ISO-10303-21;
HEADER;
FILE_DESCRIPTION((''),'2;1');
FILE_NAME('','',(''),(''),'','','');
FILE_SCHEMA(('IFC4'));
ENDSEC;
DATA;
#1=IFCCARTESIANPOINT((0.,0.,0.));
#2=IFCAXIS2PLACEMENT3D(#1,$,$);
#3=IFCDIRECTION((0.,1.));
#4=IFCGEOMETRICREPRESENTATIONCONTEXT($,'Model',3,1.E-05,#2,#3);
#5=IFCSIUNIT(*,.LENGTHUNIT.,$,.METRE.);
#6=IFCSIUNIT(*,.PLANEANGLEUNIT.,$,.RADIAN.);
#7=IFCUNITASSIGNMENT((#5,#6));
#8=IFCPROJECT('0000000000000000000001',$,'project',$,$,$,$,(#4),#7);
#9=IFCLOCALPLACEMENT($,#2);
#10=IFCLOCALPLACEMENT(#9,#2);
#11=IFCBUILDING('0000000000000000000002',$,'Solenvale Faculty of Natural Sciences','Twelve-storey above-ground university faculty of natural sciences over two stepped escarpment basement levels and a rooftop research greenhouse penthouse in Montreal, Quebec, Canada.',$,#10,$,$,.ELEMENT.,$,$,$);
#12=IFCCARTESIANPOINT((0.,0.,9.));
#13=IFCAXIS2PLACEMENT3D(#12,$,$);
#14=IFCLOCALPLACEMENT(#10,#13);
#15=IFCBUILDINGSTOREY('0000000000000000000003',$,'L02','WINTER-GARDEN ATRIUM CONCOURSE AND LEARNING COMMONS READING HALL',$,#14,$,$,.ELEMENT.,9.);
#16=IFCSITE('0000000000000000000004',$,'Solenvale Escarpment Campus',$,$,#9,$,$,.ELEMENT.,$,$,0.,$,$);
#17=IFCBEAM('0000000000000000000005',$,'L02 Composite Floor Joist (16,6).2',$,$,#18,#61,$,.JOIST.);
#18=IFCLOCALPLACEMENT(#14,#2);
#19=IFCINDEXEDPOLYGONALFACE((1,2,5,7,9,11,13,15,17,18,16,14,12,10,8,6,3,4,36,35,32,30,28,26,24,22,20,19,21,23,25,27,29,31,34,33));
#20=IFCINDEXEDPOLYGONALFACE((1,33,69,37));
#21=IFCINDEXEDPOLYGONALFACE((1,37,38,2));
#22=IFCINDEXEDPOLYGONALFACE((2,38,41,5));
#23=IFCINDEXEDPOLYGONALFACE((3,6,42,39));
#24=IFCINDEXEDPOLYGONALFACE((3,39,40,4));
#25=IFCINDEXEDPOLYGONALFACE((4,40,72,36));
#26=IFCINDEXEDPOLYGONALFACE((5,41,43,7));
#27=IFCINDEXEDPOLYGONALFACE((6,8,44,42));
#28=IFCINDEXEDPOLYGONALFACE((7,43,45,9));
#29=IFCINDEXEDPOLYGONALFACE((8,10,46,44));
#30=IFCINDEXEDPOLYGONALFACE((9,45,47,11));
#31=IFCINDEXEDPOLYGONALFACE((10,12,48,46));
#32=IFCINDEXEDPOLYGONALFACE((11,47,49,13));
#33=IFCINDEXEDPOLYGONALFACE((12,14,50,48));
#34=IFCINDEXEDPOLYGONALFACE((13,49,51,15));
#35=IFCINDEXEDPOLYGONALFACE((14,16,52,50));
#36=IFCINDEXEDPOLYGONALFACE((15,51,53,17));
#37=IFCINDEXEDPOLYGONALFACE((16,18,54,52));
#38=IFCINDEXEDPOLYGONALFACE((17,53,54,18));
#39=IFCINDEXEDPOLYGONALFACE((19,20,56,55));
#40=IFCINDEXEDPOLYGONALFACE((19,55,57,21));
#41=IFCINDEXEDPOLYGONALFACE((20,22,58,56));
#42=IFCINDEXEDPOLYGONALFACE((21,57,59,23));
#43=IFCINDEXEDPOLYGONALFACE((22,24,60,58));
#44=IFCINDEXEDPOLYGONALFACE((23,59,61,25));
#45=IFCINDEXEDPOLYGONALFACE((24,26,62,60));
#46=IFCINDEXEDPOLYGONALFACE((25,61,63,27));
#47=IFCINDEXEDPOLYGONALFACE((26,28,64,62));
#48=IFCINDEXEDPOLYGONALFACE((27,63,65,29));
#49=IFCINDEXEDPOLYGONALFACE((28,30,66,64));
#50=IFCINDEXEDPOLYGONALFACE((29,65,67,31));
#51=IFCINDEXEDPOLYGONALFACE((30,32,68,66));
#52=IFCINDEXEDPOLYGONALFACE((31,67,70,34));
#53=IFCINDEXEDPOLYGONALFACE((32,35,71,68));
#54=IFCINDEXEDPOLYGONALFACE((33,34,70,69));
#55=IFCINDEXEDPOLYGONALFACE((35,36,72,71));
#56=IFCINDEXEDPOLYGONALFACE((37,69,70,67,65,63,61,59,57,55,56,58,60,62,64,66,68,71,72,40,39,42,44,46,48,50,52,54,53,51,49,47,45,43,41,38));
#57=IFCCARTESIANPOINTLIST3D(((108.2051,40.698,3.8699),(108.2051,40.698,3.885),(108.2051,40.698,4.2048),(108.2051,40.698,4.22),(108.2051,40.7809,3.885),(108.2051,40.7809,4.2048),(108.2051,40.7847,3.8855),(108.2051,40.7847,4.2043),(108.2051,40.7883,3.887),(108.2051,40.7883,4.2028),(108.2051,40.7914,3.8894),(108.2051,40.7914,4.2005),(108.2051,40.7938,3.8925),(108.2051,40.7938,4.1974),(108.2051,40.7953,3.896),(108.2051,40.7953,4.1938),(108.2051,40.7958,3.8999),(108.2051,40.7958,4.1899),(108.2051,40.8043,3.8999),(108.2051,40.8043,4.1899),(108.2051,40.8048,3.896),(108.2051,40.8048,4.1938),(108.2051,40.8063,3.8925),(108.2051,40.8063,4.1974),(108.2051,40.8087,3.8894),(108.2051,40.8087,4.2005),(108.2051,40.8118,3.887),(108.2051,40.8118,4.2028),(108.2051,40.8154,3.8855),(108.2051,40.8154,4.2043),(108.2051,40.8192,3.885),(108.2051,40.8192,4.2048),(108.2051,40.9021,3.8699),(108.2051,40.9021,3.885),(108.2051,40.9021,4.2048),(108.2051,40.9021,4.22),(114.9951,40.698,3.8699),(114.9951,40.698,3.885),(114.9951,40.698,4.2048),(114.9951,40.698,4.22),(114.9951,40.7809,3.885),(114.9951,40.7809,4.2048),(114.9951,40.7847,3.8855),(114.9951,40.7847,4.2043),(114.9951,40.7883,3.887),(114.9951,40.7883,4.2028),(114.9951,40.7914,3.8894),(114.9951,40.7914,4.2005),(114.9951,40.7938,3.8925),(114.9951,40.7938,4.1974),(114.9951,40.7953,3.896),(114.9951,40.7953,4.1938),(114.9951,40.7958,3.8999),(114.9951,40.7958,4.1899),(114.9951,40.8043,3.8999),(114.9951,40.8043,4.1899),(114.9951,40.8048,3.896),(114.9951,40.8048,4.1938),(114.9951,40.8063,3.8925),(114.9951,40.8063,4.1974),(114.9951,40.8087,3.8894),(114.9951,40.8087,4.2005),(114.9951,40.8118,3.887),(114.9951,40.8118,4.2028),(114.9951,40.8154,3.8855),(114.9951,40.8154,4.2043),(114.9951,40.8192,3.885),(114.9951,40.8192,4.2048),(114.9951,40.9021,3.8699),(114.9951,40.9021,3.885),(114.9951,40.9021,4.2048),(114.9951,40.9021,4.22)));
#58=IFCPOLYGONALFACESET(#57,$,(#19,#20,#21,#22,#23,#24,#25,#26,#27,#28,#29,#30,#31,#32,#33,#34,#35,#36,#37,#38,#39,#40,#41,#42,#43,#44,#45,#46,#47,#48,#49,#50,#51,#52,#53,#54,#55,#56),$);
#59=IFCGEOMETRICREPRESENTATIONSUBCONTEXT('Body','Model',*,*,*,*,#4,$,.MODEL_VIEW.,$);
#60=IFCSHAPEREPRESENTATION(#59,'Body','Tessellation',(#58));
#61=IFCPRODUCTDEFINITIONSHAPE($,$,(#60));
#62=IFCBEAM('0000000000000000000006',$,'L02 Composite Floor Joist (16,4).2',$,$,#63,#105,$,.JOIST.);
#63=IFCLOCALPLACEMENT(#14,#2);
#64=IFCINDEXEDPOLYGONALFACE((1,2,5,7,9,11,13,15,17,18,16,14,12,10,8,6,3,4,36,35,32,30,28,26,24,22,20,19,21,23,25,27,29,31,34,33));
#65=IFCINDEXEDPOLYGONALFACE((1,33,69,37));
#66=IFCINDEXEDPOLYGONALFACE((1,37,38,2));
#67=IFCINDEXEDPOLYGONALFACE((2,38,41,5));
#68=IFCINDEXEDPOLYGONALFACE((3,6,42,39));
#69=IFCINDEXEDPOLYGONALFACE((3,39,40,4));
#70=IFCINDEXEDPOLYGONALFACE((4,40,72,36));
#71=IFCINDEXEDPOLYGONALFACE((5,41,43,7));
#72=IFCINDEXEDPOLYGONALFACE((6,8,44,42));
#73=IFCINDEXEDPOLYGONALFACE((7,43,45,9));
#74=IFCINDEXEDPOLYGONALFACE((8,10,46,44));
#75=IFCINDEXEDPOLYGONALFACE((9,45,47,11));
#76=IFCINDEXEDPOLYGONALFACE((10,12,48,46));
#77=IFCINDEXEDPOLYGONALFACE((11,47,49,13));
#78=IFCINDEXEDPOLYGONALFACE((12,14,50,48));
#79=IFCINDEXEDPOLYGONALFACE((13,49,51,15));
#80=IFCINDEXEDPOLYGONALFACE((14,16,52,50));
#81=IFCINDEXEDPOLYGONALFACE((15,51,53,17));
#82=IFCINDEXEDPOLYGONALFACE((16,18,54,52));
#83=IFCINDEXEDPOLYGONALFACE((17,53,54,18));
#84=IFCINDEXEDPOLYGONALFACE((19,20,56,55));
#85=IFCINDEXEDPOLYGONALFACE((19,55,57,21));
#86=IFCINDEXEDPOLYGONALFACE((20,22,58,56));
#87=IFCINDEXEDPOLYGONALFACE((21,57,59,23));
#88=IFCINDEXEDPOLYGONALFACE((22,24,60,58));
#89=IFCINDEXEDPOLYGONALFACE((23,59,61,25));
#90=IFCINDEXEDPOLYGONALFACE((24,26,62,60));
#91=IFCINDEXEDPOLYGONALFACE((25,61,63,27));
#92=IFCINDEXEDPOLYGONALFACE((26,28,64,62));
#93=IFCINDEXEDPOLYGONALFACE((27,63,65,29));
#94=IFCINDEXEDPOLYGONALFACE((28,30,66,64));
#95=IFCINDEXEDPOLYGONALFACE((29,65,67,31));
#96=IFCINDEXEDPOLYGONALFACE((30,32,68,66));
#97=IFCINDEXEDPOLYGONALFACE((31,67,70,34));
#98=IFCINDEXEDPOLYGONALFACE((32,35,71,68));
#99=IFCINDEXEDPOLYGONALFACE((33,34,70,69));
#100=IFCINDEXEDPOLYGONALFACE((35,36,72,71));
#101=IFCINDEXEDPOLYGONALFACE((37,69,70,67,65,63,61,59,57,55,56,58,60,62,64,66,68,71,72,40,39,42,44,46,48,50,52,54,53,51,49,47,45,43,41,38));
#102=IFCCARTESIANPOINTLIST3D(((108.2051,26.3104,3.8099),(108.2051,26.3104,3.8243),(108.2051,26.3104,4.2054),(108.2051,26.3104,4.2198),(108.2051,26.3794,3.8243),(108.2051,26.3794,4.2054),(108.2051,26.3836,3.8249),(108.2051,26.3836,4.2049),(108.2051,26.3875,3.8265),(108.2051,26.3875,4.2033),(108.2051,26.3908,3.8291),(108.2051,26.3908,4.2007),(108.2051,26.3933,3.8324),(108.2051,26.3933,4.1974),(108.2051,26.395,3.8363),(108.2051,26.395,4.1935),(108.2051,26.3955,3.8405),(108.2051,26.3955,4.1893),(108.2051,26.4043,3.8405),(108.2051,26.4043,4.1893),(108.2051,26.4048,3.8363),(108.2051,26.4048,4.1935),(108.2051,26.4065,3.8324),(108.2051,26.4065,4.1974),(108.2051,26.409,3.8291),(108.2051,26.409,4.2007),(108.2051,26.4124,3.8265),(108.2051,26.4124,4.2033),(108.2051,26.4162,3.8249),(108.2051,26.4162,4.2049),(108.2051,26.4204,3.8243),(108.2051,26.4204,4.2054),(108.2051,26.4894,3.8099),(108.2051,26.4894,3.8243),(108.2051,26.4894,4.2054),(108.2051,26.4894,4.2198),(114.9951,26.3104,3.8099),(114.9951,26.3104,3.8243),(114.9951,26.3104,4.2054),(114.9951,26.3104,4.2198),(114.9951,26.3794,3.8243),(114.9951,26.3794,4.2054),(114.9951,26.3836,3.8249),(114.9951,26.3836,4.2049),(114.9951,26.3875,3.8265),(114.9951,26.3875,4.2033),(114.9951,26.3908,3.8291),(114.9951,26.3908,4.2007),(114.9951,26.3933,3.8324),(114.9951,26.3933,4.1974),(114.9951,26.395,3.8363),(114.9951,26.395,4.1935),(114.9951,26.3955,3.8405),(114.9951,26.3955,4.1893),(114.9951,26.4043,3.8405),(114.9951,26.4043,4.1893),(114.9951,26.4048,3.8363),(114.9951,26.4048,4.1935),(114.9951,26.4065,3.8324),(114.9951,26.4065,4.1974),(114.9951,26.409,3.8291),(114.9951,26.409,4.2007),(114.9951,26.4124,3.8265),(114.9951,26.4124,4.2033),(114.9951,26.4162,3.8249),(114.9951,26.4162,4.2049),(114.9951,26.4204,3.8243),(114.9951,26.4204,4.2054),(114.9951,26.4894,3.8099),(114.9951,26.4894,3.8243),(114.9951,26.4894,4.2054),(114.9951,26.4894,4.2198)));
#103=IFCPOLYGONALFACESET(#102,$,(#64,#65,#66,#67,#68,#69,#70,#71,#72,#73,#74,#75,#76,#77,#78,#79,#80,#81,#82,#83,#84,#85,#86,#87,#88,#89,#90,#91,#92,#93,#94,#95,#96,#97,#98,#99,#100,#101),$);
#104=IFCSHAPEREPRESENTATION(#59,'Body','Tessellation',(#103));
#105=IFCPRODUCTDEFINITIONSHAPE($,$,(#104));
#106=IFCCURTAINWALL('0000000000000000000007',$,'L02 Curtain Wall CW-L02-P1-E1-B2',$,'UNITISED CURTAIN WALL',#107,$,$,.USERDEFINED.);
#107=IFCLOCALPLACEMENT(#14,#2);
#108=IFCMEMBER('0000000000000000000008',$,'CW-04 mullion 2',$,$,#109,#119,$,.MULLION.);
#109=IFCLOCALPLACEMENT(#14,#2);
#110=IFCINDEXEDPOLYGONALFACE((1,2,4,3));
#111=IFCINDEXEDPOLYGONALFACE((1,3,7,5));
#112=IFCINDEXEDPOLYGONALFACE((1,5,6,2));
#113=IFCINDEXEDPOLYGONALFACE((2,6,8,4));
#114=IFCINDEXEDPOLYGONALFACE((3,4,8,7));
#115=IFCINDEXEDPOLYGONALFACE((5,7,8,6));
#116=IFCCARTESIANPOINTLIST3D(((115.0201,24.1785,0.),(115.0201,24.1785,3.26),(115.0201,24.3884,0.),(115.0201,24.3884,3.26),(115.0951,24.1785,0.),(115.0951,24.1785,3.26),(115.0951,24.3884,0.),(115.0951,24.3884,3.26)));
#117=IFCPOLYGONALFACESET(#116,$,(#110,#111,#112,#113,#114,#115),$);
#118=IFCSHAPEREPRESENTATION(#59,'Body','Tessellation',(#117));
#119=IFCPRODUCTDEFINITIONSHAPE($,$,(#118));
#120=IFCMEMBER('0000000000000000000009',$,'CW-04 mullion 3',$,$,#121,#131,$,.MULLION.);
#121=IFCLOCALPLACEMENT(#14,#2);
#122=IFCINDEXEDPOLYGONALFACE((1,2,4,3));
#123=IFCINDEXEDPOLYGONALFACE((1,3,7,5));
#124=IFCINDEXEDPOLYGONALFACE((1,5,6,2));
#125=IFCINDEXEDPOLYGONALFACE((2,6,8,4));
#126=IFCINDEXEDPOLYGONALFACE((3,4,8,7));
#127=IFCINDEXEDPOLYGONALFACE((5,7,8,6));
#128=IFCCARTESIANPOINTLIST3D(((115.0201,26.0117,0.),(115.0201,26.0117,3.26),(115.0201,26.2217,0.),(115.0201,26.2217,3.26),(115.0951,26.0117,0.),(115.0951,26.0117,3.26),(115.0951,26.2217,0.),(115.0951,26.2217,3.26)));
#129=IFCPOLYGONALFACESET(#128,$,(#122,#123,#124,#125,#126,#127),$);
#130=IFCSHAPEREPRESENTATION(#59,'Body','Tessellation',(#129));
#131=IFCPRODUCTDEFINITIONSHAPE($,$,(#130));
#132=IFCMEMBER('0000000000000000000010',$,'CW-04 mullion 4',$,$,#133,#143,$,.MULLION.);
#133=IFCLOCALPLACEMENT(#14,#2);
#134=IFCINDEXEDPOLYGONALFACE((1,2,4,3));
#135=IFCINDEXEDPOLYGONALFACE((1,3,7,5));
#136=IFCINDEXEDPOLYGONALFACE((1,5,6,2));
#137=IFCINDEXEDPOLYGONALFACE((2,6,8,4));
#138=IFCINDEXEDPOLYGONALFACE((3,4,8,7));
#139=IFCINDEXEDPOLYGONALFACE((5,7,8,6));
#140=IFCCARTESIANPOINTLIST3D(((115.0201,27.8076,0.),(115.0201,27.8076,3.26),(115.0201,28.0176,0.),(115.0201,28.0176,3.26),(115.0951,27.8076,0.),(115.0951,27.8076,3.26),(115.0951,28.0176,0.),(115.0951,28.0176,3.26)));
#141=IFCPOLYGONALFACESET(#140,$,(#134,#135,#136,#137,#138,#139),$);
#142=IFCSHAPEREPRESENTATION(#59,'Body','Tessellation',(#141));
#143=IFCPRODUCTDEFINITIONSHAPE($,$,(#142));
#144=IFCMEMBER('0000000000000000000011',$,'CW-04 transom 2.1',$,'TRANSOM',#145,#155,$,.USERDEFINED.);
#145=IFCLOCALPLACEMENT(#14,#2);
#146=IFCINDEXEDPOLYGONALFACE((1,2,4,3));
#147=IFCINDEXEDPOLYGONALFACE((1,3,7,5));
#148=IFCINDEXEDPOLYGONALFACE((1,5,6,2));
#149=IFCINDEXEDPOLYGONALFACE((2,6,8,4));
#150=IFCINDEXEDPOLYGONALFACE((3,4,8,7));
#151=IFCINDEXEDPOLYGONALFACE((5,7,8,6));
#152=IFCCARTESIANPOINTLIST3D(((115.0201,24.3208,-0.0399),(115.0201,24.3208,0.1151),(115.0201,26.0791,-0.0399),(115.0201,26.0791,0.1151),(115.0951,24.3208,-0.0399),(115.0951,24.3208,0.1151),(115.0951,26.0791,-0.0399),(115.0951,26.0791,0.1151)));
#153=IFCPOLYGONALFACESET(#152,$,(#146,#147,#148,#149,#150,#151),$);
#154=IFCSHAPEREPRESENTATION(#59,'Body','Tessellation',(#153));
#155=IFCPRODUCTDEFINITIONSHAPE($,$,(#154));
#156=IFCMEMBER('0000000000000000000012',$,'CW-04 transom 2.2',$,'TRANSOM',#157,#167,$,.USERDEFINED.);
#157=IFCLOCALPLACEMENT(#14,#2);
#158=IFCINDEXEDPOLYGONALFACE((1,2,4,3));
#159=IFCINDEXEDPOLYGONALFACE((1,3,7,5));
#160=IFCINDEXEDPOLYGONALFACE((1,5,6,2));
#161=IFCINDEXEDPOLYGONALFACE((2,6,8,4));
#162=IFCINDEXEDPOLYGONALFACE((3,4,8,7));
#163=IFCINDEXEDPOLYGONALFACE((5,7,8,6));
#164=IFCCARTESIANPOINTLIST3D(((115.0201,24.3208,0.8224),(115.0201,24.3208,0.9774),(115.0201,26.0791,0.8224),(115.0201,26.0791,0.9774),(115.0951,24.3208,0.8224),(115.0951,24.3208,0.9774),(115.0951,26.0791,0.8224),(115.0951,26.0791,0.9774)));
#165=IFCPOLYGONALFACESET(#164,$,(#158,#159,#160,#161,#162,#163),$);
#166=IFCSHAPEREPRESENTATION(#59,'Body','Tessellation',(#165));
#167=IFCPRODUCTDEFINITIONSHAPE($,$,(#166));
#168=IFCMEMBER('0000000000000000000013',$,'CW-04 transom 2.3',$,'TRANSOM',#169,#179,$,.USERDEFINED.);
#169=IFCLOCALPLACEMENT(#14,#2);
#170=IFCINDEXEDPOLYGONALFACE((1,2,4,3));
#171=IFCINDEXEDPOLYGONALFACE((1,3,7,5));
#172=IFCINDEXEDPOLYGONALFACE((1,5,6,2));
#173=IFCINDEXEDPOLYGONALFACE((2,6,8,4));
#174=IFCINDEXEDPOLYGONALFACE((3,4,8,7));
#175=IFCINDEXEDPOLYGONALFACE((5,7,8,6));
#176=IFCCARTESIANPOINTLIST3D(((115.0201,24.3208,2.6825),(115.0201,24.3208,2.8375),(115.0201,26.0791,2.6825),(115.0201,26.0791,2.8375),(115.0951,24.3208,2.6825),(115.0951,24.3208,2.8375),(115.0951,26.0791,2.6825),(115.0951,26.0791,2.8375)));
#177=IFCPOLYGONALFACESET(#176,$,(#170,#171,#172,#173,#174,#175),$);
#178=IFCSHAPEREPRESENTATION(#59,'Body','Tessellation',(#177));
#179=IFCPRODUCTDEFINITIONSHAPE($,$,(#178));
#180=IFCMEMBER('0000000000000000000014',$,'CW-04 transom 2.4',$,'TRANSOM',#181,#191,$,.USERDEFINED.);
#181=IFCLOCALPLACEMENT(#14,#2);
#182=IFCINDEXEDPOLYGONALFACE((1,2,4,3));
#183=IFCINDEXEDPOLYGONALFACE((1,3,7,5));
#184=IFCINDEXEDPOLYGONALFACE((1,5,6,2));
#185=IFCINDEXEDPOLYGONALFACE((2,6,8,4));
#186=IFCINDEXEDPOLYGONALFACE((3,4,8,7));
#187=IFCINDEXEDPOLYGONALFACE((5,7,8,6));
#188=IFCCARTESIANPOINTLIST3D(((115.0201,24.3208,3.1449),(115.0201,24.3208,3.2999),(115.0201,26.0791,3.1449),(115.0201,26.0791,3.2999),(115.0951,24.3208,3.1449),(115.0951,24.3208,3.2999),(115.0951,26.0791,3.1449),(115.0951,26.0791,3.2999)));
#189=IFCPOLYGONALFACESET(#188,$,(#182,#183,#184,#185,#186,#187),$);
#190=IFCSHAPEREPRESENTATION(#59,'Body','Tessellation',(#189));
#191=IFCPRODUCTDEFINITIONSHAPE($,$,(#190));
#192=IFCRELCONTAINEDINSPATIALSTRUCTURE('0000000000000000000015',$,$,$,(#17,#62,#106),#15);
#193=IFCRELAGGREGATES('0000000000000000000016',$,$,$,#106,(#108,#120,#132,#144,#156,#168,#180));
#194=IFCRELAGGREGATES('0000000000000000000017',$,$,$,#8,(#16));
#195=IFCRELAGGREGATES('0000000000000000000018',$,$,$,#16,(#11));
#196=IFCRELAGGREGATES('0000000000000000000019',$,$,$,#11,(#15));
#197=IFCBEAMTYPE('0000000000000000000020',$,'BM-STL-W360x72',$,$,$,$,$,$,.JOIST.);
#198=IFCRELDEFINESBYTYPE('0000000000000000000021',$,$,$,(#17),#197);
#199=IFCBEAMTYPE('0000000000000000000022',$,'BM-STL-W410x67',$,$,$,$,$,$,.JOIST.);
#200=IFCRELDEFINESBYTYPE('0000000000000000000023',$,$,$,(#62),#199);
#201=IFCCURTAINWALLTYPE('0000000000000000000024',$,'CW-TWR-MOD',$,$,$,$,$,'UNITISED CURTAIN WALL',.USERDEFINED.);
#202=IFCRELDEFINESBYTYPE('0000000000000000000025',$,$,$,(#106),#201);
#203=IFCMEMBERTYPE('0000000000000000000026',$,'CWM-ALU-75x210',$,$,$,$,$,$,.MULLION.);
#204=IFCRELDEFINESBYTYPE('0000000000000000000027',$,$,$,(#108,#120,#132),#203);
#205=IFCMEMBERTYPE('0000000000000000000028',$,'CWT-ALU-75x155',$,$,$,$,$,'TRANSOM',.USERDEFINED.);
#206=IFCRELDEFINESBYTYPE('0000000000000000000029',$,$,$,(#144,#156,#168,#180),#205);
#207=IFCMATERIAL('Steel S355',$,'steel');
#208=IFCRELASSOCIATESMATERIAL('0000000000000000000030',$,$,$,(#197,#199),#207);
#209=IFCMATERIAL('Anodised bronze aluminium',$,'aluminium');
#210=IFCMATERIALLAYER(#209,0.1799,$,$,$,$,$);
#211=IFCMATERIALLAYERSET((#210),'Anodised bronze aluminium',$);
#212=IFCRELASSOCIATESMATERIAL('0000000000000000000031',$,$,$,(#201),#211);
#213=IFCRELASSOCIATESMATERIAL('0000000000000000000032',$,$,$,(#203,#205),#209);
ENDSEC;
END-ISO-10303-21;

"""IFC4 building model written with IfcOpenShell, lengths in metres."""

from ifc_helpers import new_model, si_unit, direction, frame, origin, origin_2d, place, context, subcontext, project, spatial, rectangle, i_section, extrude, material, layer, layer_set, material_profile, profile_set, type_object, element, aggregate, save


model = new_model("IFC4")

# Units and contexts
model_context = context("Model", 3, precision=1e-05, world=origin(), true_north=direction((0.0, 1.0)))
body_context = subcontext(model_context, "Body", "Model", "MODEL_VIEW")
ifc_project = project(units=[si_unit("LENGTHUNIT", "METRE"), si_unit("PLANEANGLEUNIT", "RADIAN")], contexts=[model_context])

# Site, building, storey
site_placement = place(None, origin())
site = spatial("IfcSite", under=ifc_project, at=site_placement, Name="Solenvale Escarpment Campus", CompositionType="ELEMENT", RefElevation=0.0)
building_placement = place(site_placement, origin())
building = spatial("IfcBuilding", under=site, at=building_placement, Name="Solenvale Faculty of Natural Sciences", Description="Twelve-storey above-ground university faculty of natural sciences over two stepped escarpment basement levels and a rooftop research greenhouse penthouse in Montreal, Quebec, Canada.", CompositionType="ELEMENT")
storey_placement = place(building_placement, frame((0.0, 0.0, 9.0)))
storey = spatial("IfcBuildingStorey", under=building, at=storey_placement, Name="L02", Description="WINTER-GARDEN ATRIUM CONCOURSE AND LEARNING COMMONS READING HALL", CompositionType="ELEMENT", Elevation=9.0)

# Beams
ifc_material_1 = material(Name="Steel S355", Category="steel")
ifc_material_profile_1 = material_profile(ifc_material_1, i_section(OverallWidth=0.2041, OverallDepth=0.3501, WebThickness=0.0085, FlangeThickness=0.0151, FilletRadius=0.0149, at=origin_2d()), Name="W360x72")
ifc_profile_set_1 = profile_set([ifc_material_profile_1], Name="Steel S355")
beam_type_1 = type_object("IfcBeamType", Name="BM-STL-W360x72", PredefinedType="JOIST", material=ifc_profile_set_1)
for number, where, z_axis, x_axis, name in (
    (1, (108.2051, 40.8, 4.0449), (1.0, 0.0, 0.0), (0.0, 1.0, 0.0), "L02 Composite Floor Joist (16,6).2"),
):
    element("IfcBeam", number, at=place(storey_placement, frame(where, z_axis=z_axis, x_axis=x_axis)), inside=storey, type_object=beam_type_1, Name=name, PredefinedType="JOIST", context=body_context, shape_type="SweptSolid", body=[
        extrude(i_section(OverallWidth=0.2041, OverallDepth=0.3501, WebThickness=0.0085, FlangeThickness=0.0151, FilletRadius=0.0149, at=origin_2d()), origin(), (0.0, 0.0, 1.0), 6.79),
    ])
ifc_material_profile_2 = material_profile(ifc_material_1, i_section(OverallWidth=0.179, OverallDepth=0.4099, WebThickness=0.0088, FlangeThickness=0.0144, FilletRadius=0.0161, at=origin_2d()), Name="W410x67")
ifc_profile_set_2 = profile_set([ifc_material_profile_2], Name="Steel S355")
beam_type_2 = type_object("IfcBeamType", Name="BM-STL-W410x67", PredefinedType="JOIST", material=ifc_profile_set_2)
beam_placement = place(storey_placement, frame((108.2051, 26.3999, 4.0149), z_axis=(1.0, 0.0, 0.0), x_axis=(0.0, 1.0, 0.0)))
element("IfcBeam", 2, at=beam_placement, inside=storey, type_object=beam_type_2, Name="L02 Composite Floor Joist (16,4).2", PredefinedType="JOIST", context=body_context, shape_type="SweptSolid", body=[
    extrude(i_section(OverallWidth=0.179, OverallDepth=0.4099, WebThickness=0.0088, FlangeThickness=0.0144, FilletRadius=0.0161, at=origin_2d()), origin(), (0.0, 0.0, 1.0), 6.79),
])

# Curtain wall, members
ifc_material_2 = material(Name="Anodised bronze aluminium", Category="aluminium")
ifc_layer_1 = layer(ifc_material_2, 0.1799)
ifc_layer_set_1 = layer_set([ifc_layer_1], Name="Anodised bronze aluminium")
curtain_wall_type = type_object("IfcCurtainWallType", Name="CW-TWR-MOD", ElementType="UNITISED CURTAIN WALL", PredefinedType="USERDEFINED", material=ifc_layer_set_1)
curtain_wall_placement = place(storey_placement, origin())
curtain_wall = element("IfcCurtainWall", 3, at=curtain_wall_placement, inside=storey, type_object=curtain_wall_type, Name="L02 Curtain Wall CW-L02-P1-E1-B2", ObjectType="UNITISED CURTAIN WALL", PredefinedType="USERDEFINED")
ifc_material_profile_3 = material_profile(ifc_material_2, rectangle(XDim=0.075, YDim=0.21, at=origin_2d()), Name="ALU-MUL-75x210")
ifc_profile_set_3 = profile_set([ifc_material_profile_3], Name="Anodised bronze aluminium")
member_type_1 = type_object("IfcMemberType", Name="CWM-ALU-75x210", PredefinedType="MULLION", material=ifc_profile_set_3)
member_1_placement = place(storey_placement, frame((115.0576, 24.2834, 0.0), z_axis=(0.0, 0.0, 1.0), x_axis=(-1.0, 0.0, 0.0)))
member_1 = element("IfcMember", 4, at=member_1_placement, type_object=member_type_1, Name="CW-04 mullion 2", PredefinedType="MULLION", context=body_context, shape_type="SweptSolid", body=[
    extrude(rectangle(XDim=0.075, YDim=0.21, at=origin_2d()), origin(), (0.0, 0.0, 1.0), 3.26),
])
member_2_placement = place(storey_placement, frame((115.0576, 26.1167, 0.0), z_axis=(0.0, 0.0, 1.0), x_axis=(-1.0, 0.0, 0.0)))
member_2 = element("IfcMember", 5, at=member_2_placement, type_object=member_type_1, Name="CW-04 mullion 3", PredefinedType="MULLION", context=body_context, shape_type="SweptSolid", body=[
    extrude(rectangle(XDim=0.075, YDim=0.21, at=origin_2d()), origin(), (0.0, 0.0, 1.0), 3.26),
])
member_3_placement = place(storey_placement, frame((115.0576, 27.9126, 0.0), z_axis=(0.0, 0.0, 1.0), x_axis=(-1.0, 0.0, 0.0)))
member_3 = element("IfcMember", 6, at=member_3_placement, type_object=member_type_1, Name="CW-04 mullion 4", PredefinedType="MULLION", context=body_context, shape_type="SweptSolid", body=[
    extrude(rectangle(XDim=0.075, YDim=0.21, at=origin_2d()), origin(), (0.0, 0.0, 1.0), 3.26),
])
ifc_material_profile_4 = material_profile(ifc_material_2, rectangle(XDim=0.075, YDim=0.155, at=origin_2d()), Name="ALU-TRN-75x155")
ifc_profile_set_4 = profile_set([ifc_material_profile_4], Name="Anodised bronze aluminium")
member_type_2 = type_object("IfcMemberType", Name="CWT-ALU-75x155", ElementType="TRANSOM", PredefinedType="USERDEFINED", material=ifc_profile_set_4)
member_4_placement = place(storey_placement, frame((115.0576, 24.3208, 0.0376), z_axis=(0.0, 1.0, 0.0), x_axis=(-1.0, 0.0, 0.0)))
member_4 = element("IfcMember", 7, at=member_4_placement, type_object=member_type_2, Name="CW-04 transom 2.1", ObjectType="TRANSOM", PredefinedType="USERDEFINED", context=body_context, shape_type="SweptSolid", body=[
    extrude(rectangle(XDim=0.075, YDim=0.155, at=origin_2d()), origin(), (0.0, 0.0, 1.0), 1.7583),
])
member_5_placement = place(storey_placement, frame((115.0576, 24.3208, 0.8999), z_axis=(0.0, 1.0, 0.0), x_axis=(-1.0, 0.0, 0.0)))
member_5 = element("IfcMember", 8, at=member_5_placement, type_object=member_type_2, Name="CW-04 transom 2.2", ObjectType="TRANSOM", PredefinedType="USERDEFINED", context=body_context, shape_type="SweptSolid", body=[
    extrude(rectangle(XDim=0.075, YDim=0.155, at=origin_2d()), origin(), (0.0, 0.0, 1.0), 1.7583),
])
member_6_placement = place(storey_placement, frame((115.0576, 24.3208, 2.76), z_axis=(0.0, 1.0, 0.0), x_axis=(-1.0, 0.0, 0.0)))
member_6 = element("IfcMember", 9, at=member_6_placement, type_object=member_type_2, Name="CW-04 transom 2.3", ObjectType="TRANSOM", PredefinedType="USERDEFINED", context=body_context, shape_type="SweptSolid", body=[
    extrude(rectangle(XDim=0.075, YDim=0.155, at=origin_2d()), origin(), (0.0, 0.0, 1.0), 1.7583),
])
member_7_placement = place(storey_placement, frame((115.0576, 24.3208, 3.2224), z_axis=(0.0, 1.0, 0.0), x_axis=(-1.0, 0.0, 0.0)))
member_7 = element("IfcMember", 10, at=member_7_placement, type_object=member_type_2, Name="CW-04 transom 2.4", ObjectType="TRANSOM", PredefinedType="USERDEFINED", context=body_context, shape_type="SweptSolid", body=[
    extrude(rectangle(XDim=0.075, YDim=0.155, at=origin_2d()), origin(), (0.0, 0.0, 1.0), 1.7583),
])
aggregate(curtain_wall, [member_1, member_2, member_3, member_4, member_5, member_6, member_7])

save(model, "model.ifc")
